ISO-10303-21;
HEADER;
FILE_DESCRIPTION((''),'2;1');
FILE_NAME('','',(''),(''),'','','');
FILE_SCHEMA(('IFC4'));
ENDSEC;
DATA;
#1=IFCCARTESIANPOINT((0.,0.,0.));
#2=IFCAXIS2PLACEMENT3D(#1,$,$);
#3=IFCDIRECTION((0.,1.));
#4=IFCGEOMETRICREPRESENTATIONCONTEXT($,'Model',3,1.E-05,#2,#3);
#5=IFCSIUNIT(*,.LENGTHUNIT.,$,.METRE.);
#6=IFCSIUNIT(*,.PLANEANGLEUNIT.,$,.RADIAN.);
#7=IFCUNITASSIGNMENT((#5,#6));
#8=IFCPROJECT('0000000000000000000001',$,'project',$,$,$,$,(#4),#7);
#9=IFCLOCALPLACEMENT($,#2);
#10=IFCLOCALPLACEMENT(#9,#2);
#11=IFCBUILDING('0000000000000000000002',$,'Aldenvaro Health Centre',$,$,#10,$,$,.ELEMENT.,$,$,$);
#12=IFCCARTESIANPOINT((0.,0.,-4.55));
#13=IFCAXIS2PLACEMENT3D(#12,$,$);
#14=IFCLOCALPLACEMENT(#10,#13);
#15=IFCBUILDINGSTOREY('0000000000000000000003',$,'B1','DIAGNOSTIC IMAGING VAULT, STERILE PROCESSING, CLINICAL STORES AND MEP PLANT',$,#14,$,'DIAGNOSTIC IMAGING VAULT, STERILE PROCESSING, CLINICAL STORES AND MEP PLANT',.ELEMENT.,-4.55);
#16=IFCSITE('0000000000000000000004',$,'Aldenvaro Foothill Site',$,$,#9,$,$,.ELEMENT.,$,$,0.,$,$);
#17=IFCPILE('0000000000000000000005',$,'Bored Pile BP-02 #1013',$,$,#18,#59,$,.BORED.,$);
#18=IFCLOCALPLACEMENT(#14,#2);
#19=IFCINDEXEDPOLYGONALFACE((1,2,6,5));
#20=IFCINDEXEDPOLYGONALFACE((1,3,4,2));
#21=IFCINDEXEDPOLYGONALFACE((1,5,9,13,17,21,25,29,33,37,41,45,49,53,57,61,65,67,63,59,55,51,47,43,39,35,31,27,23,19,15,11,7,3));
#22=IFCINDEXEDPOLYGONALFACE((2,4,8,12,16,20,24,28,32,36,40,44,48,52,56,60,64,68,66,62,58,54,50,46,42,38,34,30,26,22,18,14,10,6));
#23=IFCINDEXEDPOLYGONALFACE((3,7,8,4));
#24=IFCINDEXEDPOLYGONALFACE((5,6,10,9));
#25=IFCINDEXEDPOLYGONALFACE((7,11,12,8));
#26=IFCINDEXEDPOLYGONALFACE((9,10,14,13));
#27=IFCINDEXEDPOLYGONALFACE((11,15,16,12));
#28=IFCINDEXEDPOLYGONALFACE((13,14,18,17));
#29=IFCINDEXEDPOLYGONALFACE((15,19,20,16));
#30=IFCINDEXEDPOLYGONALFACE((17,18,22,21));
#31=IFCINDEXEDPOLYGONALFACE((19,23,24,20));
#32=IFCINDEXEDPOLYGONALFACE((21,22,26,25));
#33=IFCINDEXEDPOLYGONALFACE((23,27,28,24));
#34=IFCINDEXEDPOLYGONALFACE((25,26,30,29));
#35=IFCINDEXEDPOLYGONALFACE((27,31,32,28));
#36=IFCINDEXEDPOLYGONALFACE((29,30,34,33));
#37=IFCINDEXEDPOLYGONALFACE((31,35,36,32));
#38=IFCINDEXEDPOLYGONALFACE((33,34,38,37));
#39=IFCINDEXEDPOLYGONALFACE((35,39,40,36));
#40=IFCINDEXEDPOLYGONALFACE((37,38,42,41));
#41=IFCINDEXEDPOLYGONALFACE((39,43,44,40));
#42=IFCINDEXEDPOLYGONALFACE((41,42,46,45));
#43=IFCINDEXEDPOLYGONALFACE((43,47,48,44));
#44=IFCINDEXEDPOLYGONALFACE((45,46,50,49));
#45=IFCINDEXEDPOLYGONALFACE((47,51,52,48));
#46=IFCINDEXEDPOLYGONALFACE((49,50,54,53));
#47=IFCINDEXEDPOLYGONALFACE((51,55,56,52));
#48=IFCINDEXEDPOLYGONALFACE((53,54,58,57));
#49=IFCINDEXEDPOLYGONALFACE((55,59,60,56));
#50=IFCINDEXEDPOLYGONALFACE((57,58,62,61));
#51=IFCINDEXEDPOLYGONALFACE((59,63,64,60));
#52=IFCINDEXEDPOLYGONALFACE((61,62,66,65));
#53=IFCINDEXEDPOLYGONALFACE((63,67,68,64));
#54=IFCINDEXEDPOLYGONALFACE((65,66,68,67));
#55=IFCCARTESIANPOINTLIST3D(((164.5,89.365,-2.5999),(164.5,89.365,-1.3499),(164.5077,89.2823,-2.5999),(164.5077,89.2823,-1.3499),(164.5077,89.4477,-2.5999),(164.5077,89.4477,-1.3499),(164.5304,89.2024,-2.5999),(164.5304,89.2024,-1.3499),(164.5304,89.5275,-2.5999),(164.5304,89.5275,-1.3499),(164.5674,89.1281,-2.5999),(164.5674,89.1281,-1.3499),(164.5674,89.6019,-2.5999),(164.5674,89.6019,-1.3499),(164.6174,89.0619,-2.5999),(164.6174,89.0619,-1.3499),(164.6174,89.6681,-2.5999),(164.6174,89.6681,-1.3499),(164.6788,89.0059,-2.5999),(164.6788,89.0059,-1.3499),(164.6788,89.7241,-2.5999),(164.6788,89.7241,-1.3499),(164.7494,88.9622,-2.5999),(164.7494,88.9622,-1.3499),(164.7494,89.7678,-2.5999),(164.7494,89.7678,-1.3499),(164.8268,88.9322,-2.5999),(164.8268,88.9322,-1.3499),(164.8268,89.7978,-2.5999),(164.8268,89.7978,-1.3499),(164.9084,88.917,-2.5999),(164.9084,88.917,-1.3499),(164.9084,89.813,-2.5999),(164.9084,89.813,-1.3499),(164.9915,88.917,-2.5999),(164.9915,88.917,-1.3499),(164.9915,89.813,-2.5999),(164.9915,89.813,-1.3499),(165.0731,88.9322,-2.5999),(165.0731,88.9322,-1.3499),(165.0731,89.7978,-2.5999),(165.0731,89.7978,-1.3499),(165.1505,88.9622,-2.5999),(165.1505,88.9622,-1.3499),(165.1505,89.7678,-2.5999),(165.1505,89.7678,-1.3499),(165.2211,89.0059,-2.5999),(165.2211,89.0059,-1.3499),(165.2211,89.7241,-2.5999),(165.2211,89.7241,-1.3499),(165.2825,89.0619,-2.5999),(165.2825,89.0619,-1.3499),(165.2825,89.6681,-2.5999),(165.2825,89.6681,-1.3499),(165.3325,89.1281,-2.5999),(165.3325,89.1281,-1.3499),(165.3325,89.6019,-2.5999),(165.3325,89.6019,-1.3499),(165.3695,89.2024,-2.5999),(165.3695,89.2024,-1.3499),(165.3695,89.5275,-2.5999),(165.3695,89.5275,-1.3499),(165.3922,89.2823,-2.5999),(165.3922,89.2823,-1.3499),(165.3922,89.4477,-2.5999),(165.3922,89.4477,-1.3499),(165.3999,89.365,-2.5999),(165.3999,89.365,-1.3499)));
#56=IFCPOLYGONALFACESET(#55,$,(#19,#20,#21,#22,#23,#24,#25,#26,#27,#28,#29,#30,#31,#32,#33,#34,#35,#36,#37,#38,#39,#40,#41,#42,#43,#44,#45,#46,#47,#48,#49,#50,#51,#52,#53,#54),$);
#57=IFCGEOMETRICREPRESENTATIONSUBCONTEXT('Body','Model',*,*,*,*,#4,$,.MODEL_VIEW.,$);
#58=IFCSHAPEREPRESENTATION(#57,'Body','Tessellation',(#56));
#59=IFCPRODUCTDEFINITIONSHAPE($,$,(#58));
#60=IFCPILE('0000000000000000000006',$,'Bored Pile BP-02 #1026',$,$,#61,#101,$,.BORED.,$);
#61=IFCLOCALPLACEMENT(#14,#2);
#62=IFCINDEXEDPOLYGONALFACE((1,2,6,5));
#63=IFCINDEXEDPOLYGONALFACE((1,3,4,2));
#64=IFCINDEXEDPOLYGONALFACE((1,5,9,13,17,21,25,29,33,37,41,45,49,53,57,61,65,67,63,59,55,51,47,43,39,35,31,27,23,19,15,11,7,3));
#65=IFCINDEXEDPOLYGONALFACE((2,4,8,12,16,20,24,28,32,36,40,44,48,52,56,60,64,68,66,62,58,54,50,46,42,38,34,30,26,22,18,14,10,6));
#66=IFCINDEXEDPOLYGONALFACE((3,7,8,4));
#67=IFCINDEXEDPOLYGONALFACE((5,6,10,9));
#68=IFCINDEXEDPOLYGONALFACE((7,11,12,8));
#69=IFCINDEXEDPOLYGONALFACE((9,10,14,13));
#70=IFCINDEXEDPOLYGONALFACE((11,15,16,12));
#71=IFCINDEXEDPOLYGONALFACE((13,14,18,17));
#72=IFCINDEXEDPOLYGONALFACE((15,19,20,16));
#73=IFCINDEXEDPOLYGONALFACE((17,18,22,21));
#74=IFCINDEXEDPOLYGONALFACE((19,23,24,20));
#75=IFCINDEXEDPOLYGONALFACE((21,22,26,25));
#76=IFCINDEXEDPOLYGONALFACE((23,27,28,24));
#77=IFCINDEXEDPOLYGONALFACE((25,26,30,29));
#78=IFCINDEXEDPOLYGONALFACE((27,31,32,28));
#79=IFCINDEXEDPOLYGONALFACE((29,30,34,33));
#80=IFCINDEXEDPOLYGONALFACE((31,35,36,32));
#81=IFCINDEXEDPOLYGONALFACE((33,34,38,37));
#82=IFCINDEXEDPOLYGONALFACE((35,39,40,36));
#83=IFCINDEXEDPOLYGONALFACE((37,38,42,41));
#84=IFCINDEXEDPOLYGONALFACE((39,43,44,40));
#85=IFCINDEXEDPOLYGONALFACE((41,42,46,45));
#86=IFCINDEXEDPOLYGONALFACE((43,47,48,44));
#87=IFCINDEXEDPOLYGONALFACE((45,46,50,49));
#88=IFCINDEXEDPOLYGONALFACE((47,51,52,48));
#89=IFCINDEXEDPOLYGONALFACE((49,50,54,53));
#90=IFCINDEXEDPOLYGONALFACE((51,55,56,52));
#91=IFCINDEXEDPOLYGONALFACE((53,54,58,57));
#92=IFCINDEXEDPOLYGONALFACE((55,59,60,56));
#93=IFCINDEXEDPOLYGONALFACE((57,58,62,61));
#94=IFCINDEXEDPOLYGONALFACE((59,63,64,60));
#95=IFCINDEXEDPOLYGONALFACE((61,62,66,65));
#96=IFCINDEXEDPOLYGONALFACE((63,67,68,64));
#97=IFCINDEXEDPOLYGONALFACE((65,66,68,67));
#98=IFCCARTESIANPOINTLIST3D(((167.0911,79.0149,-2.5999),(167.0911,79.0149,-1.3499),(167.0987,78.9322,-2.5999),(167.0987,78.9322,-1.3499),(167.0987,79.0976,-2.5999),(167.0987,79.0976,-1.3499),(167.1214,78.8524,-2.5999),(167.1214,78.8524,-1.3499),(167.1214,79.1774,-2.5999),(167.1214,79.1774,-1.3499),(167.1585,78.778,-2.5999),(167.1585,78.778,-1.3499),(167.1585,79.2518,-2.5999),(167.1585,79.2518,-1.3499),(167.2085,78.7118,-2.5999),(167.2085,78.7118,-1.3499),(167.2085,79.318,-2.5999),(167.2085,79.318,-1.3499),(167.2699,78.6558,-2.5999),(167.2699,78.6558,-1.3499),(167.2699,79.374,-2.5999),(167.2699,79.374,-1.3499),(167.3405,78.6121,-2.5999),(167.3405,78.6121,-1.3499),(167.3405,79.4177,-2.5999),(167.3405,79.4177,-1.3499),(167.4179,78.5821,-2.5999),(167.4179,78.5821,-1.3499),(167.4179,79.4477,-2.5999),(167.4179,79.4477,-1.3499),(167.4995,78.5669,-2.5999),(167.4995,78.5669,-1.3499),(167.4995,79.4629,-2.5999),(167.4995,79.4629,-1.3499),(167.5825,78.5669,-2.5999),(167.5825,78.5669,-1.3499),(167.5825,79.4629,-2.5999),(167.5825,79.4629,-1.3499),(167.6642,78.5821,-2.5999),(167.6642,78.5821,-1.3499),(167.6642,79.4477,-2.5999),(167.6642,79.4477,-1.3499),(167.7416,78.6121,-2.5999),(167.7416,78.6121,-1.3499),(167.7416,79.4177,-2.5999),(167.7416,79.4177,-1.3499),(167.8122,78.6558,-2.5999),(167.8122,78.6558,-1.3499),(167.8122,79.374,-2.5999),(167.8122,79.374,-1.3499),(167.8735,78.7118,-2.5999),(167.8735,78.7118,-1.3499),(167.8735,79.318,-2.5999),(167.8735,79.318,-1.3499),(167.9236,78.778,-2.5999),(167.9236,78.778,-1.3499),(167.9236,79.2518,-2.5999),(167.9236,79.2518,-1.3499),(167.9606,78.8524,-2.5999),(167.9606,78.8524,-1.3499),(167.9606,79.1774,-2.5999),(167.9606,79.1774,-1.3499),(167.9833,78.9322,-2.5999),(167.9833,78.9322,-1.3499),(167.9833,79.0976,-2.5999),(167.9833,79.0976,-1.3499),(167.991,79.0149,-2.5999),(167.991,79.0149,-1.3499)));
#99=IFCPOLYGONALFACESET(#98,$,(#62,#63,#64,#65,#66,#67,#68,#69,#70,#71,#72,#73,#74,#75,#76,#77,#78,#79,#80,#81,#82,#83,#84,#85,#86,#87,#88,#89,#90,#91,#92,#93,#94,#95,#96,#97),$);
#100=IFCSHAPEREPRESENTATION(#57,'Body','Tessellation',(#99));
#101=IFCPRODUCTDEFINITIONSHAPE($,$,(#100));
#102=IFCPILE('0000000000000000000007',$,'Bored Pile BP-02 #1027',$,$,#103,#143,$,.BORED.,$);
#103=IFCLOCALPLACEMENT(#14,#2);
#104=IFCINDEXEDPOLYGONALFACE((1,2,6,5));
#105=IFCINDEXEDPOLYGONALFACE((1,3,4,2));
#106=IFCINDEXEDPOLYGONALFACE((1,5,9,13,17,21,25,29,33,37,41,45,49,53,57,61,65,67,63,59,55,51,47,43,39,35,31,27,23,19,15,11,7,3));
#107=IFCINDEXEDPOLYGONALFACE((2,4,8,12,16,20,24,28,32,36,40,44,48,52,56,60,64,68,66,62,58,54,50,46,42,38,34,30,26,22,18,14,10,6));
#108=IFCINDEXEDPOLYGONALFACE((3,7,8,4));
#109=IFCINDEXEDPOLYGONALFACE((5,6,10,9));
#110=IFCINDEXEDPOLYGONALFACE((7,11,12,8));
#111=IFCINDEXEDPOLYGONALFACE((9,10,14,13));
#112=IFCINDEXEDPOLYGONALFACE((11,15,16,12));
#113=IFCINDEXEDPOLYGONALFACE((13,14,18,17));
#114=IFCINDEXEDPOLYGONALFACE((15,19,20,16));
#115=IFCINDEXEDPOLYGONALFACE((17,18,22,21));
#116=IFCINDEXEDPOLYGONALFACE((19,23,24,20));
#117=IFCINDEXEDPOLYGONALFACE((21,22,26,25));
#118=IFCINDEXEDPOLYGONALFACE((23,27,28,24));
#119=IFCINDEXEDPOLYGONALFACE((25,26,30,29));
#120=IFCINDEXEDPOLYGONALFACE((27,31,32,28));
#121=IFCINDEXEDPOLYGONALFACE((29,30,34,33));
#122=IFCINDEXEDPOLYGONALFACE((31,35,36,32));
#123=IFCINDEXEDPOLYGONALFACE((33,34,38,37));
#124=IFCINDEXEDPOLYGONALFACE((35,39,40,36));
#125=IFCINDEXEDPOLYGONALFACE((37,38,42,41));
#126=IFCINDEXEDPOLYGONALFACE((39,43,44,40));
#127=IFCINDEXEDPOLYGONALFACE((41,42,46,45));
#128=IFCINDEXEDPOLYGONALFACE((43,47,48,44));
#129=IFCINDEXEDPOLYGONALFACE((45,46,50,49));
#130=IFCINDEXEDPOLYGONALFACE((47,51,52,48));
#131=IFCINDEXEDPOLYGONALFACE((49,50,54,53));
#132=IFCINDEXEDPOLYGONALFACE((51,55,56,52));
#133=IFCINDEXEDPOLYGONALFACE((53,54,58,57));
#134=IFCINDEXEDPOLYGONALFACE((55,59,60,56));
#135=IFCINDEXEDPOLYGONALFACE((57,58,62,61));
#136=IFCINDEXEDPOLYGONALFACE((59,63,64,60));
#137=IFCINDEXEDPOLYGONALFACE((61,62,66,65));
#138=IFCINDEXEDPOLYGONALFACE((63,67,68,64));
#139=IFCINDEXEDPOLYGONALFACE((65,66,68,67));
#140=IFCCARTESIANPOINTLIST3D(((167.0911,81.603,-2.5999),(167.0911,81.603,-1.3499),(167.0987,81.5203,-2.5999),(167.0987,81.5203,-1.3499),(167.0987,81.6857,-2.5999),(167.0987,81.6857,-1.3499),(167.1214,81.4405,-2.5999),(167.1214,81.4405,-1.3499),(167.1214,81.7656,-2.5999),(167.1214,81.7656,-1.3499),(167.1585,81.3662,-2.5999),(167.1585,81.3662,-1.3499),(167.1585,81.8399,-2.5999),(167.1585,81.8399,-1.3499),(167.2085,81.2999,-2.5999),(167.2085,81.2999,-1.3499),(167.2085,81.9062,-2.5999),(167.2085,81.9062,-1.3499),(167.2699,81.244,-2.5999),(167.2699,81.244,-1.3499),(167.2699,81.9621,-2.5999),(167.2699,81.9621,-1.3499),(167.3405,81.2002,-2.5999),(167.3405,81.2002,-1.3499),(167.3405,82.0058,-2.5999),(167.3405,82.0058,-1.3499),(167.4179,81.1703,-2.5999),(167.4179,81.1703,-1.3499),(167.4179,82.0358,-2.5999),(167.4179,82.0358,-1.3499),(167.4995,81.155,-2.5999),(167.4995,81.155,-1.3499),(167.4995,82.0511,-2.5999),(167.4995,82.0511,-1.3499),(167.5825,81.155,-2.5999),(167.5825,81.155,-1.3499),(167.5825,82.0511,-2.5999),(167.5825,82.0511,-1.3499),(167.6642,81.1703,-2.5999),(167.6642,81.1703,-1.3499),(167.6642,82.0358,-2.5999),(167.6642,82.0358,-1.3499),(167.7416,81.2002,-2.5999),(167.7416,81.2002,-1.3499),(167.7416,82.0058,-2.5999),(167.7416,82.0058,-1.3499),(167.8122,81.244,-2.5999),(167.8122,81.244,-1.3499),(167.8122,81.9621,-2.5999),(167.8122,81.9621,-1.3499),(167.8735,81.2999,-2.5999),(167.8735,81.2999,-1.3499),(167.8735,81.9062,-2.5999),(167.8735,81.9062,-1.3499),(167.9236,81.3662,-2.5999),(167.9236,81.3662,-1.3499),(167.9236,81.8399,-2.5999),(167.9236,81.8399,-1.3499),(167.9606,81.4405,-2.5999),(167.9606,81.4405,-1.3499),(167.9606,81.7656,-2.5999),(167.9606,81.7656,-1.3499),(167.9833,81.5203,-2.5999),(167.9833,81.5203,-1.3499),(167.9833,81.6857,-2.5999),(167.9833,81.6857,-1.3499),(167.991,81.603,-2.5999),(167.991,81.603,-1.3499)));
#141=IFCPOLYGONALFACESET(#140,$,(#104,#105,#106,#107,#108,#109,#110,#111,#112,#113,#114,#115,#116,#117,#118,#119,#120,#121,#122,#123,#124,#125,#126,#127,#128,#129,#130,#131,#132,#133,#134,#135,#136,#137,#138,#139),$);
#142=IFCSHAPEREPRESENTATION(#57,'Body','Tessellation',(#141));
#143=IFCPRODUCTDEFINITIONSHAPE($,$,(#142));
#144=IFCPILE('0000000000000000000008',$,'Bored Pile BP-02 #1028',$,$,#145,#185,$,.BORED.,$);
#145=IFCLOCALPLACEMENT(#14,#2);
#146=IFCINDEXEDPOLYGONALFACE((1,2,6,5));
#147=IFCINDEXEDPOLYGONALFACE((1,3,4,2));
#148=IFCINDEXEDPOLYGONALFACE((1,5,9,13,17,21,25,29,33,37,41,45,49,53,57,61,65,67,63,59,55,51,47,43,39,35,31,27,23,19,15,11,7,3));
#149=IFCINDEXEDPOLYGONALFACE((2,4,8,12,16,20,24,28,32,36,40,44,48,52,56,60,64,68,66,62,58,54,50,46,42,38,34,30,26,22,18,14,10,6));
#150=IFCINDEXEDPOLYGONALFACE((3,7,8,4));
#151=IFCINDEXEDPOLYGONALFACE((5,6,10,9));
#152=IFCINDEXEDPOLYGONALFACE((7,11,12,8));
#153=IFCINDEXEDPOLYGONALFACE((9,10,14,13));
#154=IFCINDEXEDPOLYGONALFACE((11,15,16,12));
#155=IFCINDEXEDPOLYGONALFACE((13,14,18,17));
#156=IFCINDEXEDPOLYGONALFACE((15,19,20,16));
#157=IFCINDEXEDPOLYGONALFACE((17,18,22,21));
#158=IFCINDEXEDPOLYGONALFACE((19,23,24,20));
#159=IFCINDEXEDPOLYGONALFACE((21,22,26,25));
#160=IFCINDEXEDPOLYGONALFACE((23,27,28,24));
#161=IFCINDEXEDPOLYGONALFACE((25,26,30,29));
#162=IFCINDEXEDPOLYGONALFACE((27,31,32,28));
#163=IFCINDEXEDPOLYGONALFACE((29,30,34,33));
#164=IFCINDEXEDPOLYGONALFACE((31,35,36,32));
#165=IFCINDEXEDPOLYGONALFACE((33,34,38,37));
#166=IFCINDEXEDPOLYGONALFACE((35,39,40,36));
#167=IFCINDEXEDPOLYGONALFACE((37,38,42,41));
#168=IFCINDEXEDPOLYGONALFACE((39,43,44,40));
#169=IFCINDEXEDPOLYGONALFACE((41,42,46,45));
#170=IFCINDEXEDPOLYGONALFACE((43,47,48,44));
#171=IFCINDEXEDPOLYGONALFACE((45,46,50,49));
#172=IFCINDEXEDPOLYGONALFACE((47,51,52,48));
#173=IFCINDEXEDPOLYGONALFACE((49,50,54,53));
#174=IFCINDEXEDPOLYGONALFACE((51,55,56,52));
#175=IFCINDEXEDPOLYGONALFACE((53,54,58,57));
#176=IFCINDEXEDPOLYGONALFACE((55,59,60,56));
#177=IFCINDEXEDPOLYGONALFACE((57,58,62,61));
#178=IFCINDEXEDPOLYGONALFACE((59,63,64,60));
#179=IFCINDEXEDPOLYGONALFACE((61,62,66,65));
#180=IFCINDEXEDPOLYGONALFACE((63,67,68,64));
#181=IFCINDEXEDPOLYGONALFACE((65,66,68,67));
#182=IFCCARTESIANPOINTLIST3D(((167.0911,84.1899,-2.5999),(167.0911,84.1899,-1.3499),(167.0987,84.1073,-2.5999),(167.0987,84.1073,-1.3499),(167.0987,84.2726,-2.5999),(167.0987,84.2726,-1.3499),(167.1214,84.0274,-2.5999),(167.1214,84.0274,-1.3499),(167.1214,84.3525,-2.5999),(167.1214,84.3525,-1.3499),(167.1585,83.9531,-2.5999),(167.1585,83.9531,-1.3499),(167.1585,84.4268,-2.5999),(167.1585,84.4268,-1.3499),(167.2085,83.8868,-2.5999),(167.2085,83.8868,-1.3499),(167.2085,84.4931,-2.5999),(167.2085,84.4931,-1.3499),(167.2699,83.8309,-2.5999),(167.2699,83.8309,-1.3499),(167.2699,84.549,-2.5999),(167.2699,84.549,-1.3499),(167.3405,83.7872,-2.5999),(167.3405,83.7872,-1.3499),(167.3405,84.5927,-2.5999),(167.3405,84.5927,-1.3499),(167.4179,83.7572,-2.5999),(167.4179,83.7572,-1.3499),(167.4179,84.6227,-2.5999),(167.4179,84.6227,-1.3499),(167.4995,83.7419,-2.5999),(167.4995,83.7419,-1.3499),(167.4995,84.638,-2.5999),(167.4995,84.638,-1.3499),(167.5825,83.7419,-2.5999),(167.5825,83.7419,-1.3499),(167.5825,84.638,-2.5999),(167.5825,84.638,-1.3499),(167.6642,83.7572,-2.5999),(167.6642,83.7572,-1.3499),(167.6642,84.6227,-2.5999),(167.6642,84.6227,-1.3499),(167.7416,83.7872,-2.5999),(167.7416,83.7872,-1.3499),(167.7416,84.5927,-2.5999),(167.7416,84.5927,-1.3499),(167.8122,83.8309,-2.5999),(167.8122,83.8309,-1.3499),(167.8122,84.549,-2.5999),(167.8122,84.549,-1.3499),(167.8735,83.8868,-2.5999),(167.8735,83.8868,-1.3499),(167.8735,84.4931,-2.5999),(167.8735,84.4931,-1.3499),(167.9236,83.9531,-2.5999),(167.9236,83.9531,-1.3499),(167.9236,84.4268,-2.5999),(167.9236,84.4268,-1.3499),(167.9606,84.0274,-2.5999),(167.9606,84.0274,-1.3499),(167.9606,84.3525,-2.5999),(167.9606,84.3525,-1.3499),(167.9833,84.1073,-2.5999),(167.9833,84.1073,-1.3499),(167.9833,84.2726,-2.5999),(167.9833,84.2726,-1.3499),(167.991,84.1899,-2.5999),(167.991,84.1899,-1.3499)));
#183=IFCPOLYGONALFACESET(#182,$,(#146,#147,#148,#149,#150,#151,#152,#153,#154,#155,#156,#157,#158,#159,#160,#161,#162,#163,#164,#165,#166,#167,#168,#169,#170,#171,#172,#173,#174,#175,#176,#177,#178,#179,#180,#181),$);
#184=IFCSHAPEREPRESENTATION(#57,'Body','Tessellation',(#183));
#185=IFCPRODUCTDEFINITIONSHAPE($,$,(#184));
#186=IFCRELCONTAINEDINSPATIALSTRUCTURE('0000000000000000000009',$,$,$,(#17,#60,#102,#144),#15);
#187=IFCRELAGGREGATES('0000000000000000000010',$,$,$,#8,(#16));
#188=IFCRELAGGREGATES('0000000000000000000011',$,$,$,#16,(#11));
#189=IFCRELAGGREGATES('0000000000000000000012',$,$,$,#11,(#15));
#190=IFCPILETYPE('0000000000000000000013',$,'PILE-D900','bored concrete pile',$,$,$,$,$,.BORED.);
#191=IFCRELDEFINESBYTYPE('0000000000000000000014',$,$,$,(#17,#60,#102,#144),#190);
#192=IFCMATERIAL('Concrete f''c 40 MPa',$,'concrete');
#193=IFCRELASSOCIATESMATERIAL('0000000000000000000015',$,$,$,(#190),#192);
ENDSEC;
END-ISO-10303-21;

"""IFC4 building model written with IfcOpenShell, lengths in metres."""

from ifc_helpers import new_model, si_unit, direction, frame, origin, origin_2d, place, context, subcontext, project, spatial, circle, extrude, material, material_profile, profile_set, type_object, element, save


model = new_model("IFC4")

# Units and contexts
model_context = context("Model", 3, precision=1e-05, world=origin(), true_north=direction((0.0, 1.0)))
body_context = subcontext(model_context, "Body", "Model", "MODEL_VIEW")
ifc_project = project(units=[si_unit("LENGTHUNIT", "METRE"), si_unit("PLANEANGLEUNIT", "RADIAN")], contexts=[model_context])

# Site, building, storey
site_placement = place(None, origin())
site = spatial("IfcSite", under=ifc_project, at=site_placement, Name="Aldenvaro Foothill Site", CompositionType="ELEMENT", RefElevation=0.0)
building_placement = place(site_placement, origin())
building = spatial("IfcBuilding", under=site, at=building_placement, Name="Aldenvaro Health Centre", CompositionType="ELEMENT")
storey_placement = place(building_placement, frame((0.0, 0.0, -4.55)))
storey = spatial("IfcBuildingStorey", under=building, at=storey_placement, Name="B1", Description="DIAGNOSTIC IMAGING VAULT, STERILE PROCESSING, CLINICAL STORES AND MEP PLANT", LongName="DIAGNOSTIC IMAGING VAULT, STERILE PROCESSING, CLINICAL STORES AND MEP PLANT", CompositionType="ELEMENT", Elevation=-4.55)

# Piles
ifc_material_1 = material(Name="Concrete f'c 40 MPa", Category="concrete")
ifc_material_profile_1 = material_profile(ifc_material_1, circle(Radius=0.45, at=origin_2d()), Name="PILE D900", Category="concrete")
ifc_profile_set_1 = profile_set([ifc_material_profile_1], Name="Concrete f'c 40 MPa")
pile_type = type_object("IfcPileType", Name="PILE-D900", Description="bored concrete pile", PredefinedType="BORED", material=ifc_profile_set_1)
for number, where, z_axis, x_axis, name in (
    (1, (164.95, 89.365, -1.3499), (0.0, 0.0, -1.0), (1.0, 0.0, 0.0), "Bored Pile BP-02 #1013"),
    (2, (167.541, 79.0149, -1.3499), (0.0, 0.0, -1.0), (1.0, 0.0, 0.0), "Bored Pile BP-02 #1026"),
    (3, (167.541, 81.603, -1.3499), (0.0, 0.0, -1.0), (1.0, 0.0, 0.0), "Bored Pile BP-02 #1027"),
    (4, (167.541, 84.1899, -1.3499), (0.0, 0.0, -1.0), (1.0, 0.0, 0.0), "Bored Pile BP-02 #1028"),
):
    element("IfcPile", number, at=place(storey_placement, frame(where, z_axis=z_axis, x_axis=x_axis)), inside=storey, type_object=pile_type, Name=name, PredefinedType="BORED", context=body_context, shape_type="SweptSolid", body=[
        extrude(circle(Radius=0.45, at=origin_2d()), origin(), (0.0, 0.0, 1.0), 1.25),
    ])

save(model, "model.ifc")
